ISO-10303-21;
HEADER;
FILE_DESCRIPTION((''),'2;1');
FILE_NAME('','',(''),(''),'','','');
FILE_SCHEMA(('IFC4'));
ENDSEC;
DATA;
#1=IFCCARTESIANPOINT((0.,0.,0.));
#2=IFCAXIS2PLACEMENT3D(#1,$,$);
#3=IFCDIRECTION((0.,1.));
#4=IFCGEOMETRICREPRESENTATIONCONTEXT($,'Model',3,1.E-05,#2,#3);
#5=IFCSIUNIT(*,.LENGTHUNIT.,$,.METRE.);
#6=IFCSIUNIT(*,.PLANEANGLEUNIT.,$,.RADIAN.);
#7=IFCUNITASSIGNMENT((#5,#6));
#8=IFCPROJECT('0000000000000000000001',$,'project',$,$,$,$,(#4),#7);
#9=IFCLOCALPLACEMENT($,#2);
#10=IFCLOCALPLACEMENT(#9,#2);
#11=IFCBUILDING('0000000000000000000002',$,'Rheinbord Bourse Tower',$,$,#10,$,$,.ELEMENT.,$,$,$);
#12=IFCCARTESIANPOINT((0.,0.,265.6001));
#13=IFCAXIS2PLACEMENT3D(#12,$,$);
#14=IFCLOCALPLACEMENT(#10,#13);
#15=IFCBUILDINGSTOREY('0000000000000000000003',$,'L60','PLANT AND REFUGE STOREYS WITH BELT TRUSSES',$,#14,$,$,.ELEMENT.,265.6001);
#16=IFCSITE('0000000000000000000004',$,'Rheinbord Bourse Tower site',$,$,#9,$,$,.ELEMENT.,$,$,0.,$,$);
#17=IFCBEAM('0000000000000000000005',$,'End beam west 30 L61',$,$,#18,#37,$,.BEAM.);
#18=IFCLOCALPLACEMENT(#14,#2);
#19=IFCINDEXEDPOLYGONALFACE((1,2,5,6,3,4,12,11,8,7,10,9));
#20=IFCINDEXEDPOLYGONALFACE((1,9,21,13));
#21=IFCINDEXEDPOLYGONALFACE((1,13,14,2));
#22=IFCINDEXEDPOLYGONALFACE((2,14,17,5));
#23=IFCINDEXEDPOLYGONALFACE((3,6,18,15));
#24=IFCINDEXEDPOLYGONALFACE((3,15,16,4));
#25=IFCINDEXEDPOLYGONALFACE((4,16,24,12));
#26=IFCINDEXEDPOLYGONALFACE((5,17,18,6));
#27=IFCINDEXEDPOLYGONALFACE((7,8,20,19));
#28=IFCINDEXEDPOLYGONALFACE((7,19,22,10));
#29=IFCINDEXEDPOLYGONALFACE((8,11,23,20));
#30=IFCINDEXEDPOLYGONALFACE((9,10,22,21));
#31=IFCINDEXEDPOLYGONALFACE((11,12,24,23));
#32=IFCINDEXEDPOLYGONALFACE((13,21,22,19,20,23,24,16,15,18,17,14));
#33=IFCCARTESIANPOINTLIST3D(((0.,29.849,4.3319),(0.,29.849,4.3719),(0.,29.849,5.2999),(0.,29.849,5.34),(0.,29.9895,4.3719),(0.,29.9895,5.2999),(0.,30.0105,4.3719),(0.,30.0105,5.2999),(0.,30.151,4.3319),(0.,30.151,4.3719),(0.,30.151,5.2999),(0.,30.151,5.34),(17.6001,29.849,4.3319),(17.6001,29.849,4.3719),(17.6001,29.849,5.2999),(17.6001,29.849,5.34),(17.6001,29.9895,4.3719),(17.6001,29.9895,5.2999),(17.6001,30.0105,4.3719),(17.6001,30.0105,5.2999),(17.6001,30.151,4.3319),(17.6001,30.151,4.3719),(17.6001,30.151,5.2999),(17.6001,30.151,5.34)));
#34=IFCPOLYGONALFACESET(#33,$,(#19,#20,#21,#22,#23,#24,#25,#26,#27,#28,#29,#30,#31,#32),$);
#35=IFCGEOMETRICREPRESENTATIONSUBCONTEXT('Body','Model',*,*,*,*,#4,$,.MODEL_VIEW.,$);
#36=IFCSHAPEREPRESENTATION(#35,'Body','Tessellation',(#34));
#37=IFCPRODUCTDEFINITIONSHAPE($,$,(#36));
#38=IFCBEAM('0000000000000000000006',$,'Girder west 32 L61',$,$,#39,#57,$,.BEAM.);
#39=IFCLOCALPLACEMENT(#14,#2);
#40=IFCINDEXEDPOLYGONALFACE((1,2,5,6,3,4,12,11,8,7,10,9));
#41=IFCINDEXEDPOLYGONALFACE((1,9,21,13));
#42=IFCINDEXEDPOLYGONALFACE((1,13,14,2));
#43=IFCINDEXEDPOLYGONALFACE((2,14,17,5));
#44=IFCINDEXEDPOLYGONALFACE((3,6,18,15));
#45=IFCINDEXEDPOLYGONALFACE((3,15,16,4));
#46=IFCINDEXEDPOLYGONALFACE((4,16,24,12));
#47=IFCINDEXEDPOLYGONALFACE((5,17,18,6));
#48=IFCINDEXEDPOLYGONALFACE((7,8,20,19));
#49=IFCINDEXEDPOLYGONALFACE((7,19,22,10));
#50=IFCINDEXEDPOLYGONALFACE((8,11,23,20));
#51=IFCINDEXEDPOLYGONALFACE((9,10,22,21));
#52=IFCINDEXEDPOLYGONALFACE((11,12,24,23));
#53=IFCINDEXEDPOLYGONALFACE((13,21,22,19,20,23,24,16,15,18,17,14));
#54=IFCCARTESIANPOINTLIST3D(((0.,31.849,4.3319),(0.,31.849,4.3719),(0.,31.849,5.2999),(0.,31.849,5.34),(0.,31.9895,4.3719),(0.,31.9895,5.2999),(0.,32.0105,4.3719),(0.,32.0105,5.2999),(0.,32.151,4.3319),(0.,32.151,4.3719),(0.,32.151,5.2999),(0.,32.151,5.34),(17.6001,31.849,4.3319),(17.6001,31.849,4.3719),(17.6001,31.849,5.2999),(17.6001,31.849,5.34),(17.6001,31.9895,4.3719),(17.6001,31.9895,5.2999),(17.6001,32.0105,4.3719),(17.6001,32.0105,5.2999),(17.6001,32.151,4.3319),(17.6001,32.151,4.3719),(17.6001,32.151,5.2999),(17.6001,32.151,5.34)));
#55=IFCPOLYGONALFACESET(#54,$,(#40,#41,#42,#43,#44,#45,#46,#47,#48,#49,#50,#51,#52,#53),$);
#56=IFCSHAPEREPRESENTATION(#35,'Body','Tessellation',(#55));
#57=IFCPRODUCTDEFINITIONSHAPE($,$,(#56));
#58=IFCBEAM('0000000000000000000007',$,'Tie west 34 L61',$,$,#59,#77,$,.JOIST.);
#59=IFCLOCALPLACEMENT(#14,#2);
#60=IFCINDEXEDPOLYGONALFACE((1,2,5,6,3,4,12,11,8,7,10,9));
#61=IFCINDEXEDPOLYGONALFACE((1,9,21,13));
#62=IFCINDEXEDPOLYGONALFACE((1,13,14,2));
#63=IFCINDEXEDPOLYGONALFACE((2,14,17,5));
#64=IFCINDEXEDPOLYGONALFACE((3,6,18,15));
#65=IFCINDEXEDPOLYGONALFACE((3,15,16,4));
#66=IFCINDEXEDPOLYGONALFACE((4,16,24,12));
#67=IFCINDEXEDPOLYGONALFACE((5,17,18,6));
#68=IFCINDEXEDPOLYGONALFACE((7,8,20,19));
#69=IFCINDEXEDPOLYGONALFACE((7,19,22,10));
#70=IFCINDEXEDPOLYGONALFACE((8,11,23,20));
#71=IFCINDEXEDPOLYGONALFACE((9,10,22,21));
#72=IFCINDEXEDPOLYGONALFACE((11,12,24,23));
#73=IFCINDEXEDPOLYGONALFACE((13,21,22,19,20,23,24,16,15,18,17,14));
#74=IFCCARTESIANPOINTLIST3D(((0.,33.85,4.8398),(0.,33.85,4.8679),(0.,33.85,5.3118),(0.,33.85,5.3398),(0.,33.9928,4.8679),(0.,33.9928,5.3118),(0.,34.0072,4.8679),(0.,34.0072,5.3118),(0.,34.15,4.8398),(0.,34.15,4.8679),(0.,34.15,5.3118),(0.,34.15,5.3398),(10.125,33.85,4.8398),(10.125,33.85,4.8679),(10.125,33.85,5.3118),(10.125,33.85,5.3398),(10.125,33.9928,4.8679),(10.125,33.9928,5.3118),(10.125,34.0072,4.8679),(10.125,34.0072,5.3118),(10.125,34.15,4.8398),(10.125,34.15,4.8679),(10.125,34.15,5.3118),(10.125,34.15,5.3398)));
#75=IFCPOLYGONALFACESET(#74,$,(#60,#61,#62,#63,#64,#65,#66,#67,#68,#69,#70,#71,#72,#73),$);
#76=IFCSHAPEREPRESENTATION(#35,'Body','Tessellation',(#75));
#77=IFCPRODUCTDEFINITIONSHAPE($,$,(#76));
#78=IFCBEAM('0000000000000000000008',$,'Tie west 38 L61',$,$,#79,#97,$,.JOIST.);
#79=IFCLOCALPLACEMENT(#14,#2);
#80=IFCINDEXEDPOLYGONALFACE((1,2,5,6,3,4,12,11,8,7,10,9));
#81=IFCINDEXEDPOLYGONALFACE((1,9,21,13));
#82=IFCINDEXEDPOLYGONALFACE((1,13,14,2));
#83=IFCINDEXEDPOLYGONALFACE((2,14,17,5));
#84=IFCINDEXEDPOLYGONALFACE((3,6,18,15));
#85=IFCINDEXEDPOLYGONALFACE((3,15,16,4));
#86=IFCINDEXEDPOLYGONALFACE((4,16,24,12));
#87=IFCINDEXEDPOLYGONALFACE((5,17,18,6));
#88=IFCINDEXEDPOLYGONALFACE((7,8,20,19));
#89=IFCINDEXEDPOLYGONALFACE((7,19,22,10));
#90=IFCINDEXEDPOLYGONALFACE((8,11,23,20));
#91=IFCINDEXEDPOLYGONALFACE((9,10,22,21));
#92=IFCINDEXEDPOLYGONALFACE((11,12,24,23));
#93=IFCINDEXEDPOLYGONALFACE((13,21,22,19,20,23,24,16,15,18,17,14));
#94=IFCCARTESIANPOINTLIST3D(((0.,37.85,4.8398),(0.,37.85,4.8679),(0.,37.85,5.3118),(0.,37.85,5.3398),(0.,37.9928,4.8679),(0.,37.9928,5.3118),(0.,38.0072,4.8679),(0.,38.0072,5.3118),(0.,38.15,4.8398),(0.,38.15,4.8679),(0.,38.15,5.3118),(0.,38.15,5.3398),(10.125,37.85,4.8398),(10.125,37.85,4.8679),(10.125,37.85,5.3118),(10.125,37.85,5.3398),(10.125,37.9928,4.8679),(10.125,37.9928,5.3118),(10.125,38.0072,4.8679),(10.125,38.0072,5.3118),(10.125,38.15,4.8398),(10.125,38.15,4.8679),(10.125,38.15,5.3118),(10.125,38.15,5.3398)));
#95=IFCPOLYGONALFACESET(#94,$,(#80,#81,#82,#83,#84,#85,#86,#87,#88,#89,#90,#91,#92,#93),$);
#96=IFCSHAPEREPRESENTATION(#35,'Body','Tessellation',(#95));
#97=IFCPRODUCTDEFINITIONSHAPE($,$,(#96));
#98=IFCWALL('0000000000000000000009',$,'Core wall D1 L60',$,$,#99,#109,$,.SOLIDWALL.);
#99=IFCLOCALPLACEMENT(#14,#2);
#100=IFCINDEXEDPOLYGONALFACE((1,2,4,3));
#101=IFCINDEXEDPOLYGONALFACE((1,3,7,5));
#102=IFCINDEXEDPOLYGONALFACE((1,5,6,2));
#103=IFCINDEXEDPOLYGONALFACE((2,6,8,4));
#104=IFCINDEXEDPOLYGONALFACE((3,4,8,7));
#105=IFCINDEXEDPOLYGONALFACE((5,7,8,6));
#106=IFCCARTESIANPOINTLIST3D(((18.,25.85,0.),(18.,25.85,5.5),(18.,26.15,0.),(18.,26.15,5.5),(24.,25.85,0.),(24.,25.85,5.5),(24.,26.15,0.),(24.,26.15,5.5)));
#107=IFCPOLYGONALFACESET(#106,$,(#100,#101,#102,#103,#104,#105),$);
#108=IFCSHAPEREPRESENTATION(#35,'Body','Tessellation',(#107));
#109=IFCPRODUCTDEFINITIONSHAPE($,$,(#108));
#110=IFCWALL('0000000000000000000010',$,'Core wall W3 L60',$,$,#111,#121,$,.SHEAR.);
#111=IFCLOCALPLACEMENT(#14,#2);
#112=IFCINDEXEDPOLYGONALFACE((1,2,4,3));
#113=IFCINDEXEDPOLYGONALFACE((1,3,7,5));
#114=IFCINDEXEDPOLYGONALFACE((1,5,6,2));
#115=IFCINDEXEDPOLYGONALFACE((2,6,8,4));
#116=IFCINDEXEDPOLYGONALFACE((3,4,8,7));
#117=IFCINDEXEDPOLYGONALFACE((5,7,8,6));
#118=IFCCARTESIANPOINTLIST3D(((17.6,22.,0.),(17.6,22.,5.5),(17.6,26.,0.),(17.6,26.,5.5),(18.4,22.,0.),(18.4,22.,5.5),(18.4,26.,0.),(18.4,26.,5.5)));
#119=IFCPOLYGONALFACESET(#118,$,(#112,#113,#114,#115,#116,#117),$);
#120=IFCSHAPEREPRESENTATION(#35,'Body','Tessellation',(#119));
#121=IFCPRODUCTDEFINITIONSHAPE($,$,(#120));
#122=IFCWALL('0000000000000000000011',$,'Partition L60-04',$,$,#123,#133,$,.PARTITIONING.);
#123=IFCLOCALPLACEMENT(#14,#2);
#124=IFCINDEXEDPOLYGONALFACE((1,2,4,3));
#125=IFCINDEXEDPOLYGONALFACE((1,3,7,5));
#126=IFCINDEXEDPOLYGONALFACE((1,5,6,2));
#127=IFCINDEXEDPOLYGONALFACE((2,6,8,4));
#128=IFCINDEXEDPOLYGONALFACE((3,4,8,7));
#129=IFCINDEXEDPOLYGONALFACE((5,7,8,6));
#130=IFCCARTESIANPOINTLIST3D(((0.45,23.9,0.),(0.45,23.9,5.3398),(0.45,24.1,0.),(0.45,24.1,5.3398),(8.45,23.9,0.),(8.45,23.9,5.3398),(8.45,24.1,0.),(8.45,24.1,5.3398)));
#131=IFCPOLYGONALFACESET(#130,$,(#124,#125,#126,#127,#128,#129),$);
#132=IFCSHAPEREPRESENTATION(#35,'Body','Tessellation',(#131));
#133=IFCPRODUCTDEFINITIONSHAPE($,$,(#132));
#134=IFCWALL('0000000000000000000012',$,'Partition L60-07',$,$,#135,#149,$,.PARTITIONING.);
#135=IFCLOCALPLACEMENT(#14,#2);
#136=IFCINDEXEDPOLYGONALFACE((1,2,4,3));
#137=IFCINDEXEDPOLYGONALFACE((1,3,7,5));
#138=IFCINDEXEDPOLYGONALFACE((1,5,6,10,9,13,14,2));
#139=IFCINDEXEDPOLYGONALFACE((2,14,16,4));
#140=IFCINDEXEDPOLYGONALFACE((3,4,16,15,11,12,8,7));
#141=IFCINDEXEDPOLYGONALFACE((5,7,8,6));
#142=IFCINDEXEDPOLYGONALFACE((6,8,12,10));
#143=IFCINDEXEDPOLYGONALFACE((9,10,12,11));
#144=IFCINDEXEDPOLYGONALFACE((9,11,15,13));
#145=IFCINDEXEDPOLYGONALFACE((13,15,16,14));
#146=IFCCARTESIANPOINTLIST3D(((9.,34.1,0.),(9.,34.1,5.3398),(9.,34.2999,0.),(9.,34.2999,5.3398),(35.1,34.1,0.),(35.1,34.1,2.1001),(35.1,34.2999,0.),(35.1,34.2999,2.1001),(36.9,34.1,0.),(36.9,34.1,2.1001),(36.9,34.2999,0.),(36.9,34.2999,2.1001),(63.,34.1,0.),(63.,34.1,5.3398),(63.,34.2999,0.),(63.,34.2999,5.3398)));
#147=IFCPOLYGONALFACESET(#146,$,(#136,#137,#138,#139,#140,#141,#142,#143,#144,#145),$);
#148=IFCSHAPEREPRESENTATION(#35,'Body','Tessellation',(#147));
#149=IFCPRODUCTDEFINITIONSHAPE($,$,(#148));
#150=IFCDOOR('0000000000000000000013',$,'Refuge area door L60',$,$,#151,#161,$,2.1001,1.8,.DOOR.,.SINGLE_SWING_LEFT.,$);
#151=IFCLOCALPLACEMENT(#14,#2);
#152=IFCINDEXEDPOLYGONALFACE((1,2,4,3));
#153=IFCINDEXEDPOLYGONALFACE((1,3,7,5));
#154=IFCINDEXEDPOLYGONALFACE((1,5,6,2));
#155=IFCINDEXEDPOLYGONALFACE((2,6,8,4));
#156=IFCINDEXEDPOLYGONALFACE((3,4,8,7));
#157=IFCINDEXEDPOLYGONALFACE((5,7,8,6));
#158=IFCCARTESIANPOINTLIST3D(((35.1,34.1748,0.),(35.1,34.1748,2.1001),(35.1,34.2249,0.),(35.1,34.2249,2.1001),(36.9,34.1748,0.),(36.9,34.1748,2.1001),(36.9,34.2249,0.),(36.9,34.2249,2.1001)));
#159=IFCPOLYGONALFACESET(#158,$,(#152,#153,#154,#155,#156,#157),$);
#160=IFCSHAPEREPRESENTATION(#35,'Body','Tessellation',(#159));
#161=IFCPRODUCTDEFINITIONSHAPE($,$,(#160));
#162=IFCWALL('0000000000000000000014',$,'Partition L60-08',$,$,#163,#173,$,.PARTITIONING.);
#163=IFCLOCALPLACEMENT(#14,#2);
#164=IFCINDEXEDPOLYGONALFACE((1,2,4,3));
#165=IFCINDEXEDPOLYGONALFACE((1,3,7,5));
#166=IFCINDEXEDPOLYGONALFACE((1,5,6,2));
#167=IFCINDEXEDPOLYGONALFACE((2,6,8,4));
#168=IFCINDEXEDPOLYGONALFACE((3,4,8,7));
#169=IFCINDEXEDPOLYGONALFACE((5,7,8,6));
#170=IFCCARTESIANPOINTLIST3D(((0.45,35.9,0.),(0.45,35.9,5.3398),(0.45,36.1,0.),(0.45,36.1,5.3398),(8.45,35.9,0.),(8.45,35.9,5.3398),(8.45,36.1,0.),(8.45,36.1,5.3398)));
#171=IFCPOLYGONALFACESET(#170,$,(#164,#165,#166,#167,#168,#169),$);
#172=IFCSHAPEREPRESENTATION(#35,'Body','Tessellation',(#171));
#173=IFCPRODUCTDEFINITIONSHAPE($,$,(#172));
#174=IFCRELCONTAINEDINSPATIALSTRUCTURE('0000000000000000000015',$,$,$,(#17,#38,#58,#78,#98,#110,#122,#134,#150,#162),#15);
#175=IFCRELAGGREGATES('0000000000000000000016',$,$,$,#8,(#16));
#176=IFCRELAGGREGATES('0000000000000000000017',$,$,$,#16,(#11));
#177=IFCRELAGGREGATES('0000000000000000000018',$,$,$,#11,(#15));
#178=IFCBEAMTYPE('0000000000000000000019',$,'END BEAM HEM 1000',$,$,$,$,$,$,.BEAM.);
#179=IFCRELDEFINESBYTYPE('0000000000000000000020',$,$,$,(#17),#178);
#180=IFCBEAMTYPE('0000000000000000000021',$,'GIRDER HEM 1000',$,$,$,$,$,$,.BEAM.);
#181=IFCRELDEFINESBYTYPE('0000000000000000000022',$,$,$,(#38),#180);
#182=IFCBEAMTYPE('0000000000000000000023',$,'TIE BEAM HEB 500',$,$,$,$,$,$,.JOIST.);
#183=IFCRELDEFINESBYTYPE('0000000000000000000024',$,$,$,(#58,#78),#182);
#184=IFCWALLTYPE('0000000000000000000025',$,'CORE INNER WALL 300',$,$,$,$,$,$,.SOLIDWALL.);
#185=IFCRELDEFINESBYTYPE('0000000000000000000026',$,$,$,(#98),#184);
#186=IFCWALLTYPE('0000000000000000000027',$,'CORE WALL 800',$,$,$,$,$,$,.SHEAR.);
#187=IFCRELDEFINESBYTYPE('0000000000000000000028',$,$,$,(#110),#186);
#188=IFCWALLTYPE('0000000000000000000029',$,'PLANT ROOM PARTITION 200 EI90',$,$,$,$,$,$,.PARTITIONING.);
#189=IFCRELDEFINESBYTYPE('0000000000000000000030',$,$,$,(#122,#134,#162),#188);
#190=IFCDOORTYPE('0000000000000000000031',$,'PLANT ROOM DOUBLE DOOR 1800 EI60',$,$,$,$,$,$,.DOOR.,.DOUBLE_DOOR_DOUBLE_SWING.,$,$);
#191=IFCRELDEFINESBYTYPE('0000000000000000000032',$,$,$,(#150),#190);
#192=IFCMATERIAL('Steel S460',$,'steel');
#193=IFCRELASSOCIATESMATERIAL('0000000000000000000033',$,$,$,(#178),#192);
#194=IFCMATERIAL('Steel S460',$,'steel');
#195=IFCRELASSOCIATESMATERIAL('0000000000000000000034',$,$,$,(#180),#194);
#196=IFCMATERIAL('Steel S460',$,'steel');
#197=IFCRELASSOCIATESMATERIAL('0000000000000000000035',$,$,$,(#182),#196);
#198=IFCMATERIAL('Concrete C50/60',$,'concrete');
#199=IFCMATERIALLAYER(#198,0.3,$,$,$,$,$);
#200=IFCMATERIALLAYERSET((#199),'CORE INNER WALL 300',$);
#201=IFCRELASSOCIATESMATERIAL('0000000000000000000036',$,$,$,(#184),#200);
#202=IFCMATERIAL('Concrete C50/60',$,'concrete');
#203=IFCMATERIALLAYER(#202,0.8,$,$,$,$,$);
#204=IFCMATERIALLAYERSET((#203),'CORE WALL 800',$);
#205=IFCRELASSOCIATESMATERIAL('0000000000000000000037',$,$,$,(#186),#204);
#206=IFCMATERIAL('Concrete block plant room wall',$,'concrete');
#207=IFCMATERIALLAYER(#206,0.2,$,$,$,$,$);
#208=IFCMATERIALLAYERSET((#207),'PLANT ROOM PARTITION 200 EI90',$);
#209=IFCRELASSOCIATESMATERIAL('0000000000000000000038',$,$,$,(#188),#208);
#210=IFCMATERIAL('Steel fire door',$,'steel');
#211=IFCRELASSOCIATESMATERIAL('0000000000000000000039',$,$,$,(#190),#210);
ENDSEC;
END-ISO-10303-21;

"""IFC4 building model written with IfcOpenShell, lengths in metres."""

from ifc_helpers import new_model, si_unit, direction, frame, frame_2d, origin, origin_2d, place, context, subcontext, project, spatial, rectangle, i_section, extrude, material, layer, layer_set, material_profile, profile_set, type_object, element, fill, save


model = new_model("IFC4")

# Units and contexts
model_context = context("Model", 3, precision=1e-05, world=origin(), true_north=direction((0.0, 1.0)))
body_context = subcontext(model_context, "Body", "Model", "MODEL_VIEW")
ifc_project = project(units=[si_unit("LENGTHUNIT", "METRE"), si_unit("PLANEANGLEUNIT", "RADIAN")], contexts=[model_context])

# Site, building, storey
site_placement = place(None, origin())
site = spatial("IfcSite", under=ifc_project, at=site_placement, Name="Rheinbord Bourse Tower site", CompositionType="ELEMENT", RefElevation=0.0)
building_placement = place(site_placement, origin())
building = spatial("IfcBuilding", under=site, at=building_placement, Name="Rheinbord Bourse Tower", CompositionType="ELEMENT")
storey_placement = place(building_placement, frame((0.0, 0.0, 265.6001)))
storey = spatial("IfcBuildingStorey", under=building, at=storey_placement, Name="L60", Description="PLANT AND REFUGE STOREYS WITH BELT TRUSSES", CompositionType="ELEMENT", Elevation=265.6001)

# Beams
ifc_material_1 = material(Name="Steel S460", Category="steel")
ifc_material_profile_1 = material_profile(ifc_material_1, i_section(OverallWidth=0.302, OverallDepth=1.0081, WebThickness=0.021, FlangeThickness=0.04, at=origin_2d()), Name="HEM 1000")
ifc_profile_set_1 = profile_set([ifc_material_profile_1], Name="Steel S460")
beam_type_1 = type_object("IfcBeamType", Name="END BEAM HEM 1000", PredefinedType="BEAM", material=ifc_profile_set_1)
beam_1_placement = place(storey_placement, frame((0.0, 30.0, 4.8359), z_axis=(1.0, 0.0, 0.0), x_axis=(0.0, 1.0, 0.0)))
element("IfcBeam", 1, at=beam_1_placement, inside=storey, type_object=beam_type_1, Name="End beam west 30 L61", PredefinedType="BEAM", context=body_context, shape_type="SweptSolid", body=[
    extrude(i_section(OverallWidth=0.302, OverallDepth=1.0081, WebThickness=0.021, FlangeThickness=0.04, at=origin_2d()), origin(), (0.0, 0.0, 1.0), 17.6001),
])
ifc_material_2 = material(Name="Steel S460", Category="steel")
ifc_material_profile_2 = material_profile(ifc_material_2, i_section(OverallWidth=0.302, OverallDepth=1.0081, WebThickness=0.021, FlangeThickness=0.04, at=origin_2d()), Name="HEM 1000")
ifc_profile_set_2 = profile_set([ifc_material_profile_2], Name="Steel S460")
beam_type_2 = type_object("IfcBeamType", Name="GIRDER HEM 1000", PredefinedType="BEAM", material=ifc_profile_set_2)
beam_2_placement = place(storey_placement, frame((0.0, 32.0, 4.8359), z_axis=(1.0, 0.0, 0.0), x_axis=(0.0, 1.0, 0.0)))
element("IfcBeam", 2, at=beam_2_placement, inside=storey, type_object=beam_type_2, Name="Girder west 32 L61", PredefinedType="BEAM", context=body_context, shape_type="SweptSolid", body=[
    extrude(i_section(OverallWidth=0.302, OverallDepth=1.0081, WebThickness=0.021, FlangeThickness=0.04, at=origin_2d()), origin(), (0.0, 0.0, 1.0), 17.6001),
])
ifc_material_3 = material(Name="Steel S460", Category="steel")
ifc_material_profile_3 = material_profile(ifc_material_3, i_section(OverallWidth=0.3, OverallDepth=0.5, WebThickness=0.0144, FlangeThickness=0.0281, at=origin_2d()), Name="HEB 500")
ifc_profile_set_3 = profile_set([ifc_material_profile_3], Name="Steel S460")
beam_type_3 = type_object("IfcBeamType", Name="TIE BEAM HEB 500", PredefinedType="JOIST", material=ifc_profile_set_3)
for number, where, z_axis, x_axis, name in (
    (3, (0.0, 34.0, 5.0898), (1.0, 0.0, 0.0), (0.0, 1.0, 0.0), "Tie west 34 L61"),
    (4, (0.0, 38.0, 5.0898), (1.0, 0.0, 0.0), (0.0, 1.0, 0.0), "Tie west 38 L61"),
):
    element("IfcBeam", number, at=place(storey_placement, frame(where, z_axis=z_axis, x_axis=x_axis)), inside=storey, type_object=beam_type_3, Name=name, PredefinedType="JOIST", context=body_context, shape_type="SweptSolid", body=[
        extrude(i_section(OverallWidth=0.3, OverallDepth=0.5, WebThickness=0.0144, FlangeThickness=0.0281, at=origin_2d()), origin(), (0.0, 0.0, 1.0), 10.125),
    ])

# Walls
ifc_material_4 = material(Name="Concrete C50/60", Category="concrete")
ifc_layer_1 = layer(ifc_material_4, 0.3)
ifc_layer_set_1 = layer_set([ifc_layer_1], Name="CORE INNER WALL 300")
wall_type_1 = type_object("IfcWallType", Name="CORE INNER WALL 300", PredefinedType="SOLIDWALL", material=ifc_layer_set_1)
wall_1_placement = place(storey_placement, frame((18.0, 26.0, 0.0), z_axis=(0.0, 0.0, 1.0), x_axis=(1.0, 0.0, 0.0)))
element("IfcWall", 5, at=wall_1_placement, inside=storey, type_object=wall_type_1, Name="Core wall D1 L60", PredefinedType="SOLIDWALL", context=body_context, shape_type="SweptSolid", body=[
    extrude(rectangle(XDim=6.0, YDim=0.3, at=frame_2d((3.0, 0.0))), origin(), (0.0, 0.0, 1.0), 5.5),
])
ifc_material_5 = material(Name="Concrete C50/60", Category="concrete")
ifc_layer_2 = layer(ifc_material_5, 0.8)
ifc_layer_set_2 = layer_set([ifc_layer_2], Name="CORE WALL 800")
wall_type_2 = type_object("IfcWallType", Name="CORE WALL 800", PredefinedType="SHEAR", material=ifc_layer_set_2)
wall_2_placement = place(storey_placement, frame((18.0, 26.0, 0.0), z_axis=(0.0, 0.0, 1.0), x_axis=(0.0, -1.0, 0.0)))
element("IfcWall", 6, at=wall_2_placement, inside=storey, type_object=wall_type_2, Name="Core wall W3 L60", PredefinedType="SHEAR", context=body_context, shape_type="SweptSolid", body=[
    extrude(rectangle(XDim=4.0, YDim=0.8, at=frame_2d((2.0, 0.0))), origin(), (0.0, 0.0, 1.0), 5.5),
])
ifc_material_6 = material(Name="Concrete block plant room wall", Category="concrete")
ifc_layer_3 = layer(ifc_material_6, 0.2)
ifc_layer_set_3 = layer_set([ifc_layer_3], Name="PLANT ROOM PARTITION 200 EI90")
wall_type_3 = type_object("IfcWallType", Name="PLANT ROOM PARTITION 200 EI90", PredefinedType="PARTITIONING", material=ifc_layer_set_3)
wall_3_placement = place(storey_placement, frame((0.45, 24.0, 0.0), z_axis=(0.0, 0.0, 1.0), x_axis=(1.0, 0.0, 0.0)))
element("IfcWall", 7, at=wall_3_placement, inside=storey, type_object=wall_type_3, Name="Partition L60-04", PredefinedType="PARTITIONING", context=body_context, shape_type="SweptSolid", body=[
    extrude(rectangle(XDim=8.0, YDim=0.2, at=frame_2d((4.0, 0.0))), origin(), (0.0, 0.0, 1.0), 5.3398),
])

# Wall, opening, door
wall_4_placement = place(storey_placement, frame((9.0, 34.2, 0.0), z_axis=(0.0, 0.0, 1.0), x_axis=(1.0, 0.0, 0.0)))
wall_4 = element("IfcWall", 8, at=wall_4_placement, inside=storey, type_object=wall_type_3, Name="Partition L60-07", PredefinedType="PARTITIONING", context=body_context, shape_type="SweptSolid", body=[
    extrude(rectangle(XDim=54.0, YDim=0.2, at=frame_2d((27.0, 0.0))), origin(), (0.0, 0.0, 1.0), 5.3398),
])
opening_placement = place(wall_4_placement, frame((26.1001, 0.0, 0.0)))
opening = element("IfcOpeningElement", 9, at=opening_placement, cuts=wall_4, PredefinedType="OPENING", context=body_context, shape_type="SweptSolid", body=[
    extrude(rectangle(XDim=1.8, YDim=2.1001, at=frame_2d((0.8999, 1.05))), frame((0.0, 0.1099, 0.0), z_axis=(0.0, -1.0, 0.0), x_axis=(1.0, 0.0, 0.0)), (0.0, 0.0, 1.0), 0.22),
])
ifc_material_7 = material(Name="Steel fire door", Category="steel")
door_type = type_object("IfcDoorType", Name="PLANT ROOM DOUBLE DOOR 1800 EI60", OperationType="DOUBLE_DOOR_DOUBLE_SWING", PredefinedType="DOOR", material=ifc_material_7)
door_placement = place(opening_placement, origin())
door = element("IfcDoor", 10, at=door_placement, inside=storey, type_object=door_type, Name="Refuge area door L60", OperationType="SINGLE_SWING_LEFT", OverallHeight=2.1001, OverallWidth=1.8, PredefinedType="DOOR", context=body_context, shape_type="SweptSolid", body=[
    extrude(rectangle(XDim=1.8, YDim=2.1001, at=frame_2d((0.8999, 1.05))), frame((0.0, 0.0249, 0.0), z_axis=(0.0, -1.0, 0.0), x_axis=(1.0, 0.0, 0.0)), (0.0, 0.0, 1.0), 0.05),
])
fill(opening, door)

# Wall
wall_5_placement = place(storey_placement, frame((0.45, 36.0, 0.0), z_axis=(0.0, 0.0, 1.0), x_axis=(1.0, 0.0, 0.0)))
element("IfcWall", 11, at=wall_5_placement, inside=storey, type_object=wall_type_3, Name="Partition L60-08", PredefinedType="PARTITIONING", context=body_context, shape_type="SweptSolid", body=[
    extrude(rectangle(XDim=8.0, YDim=0.2, at=frame_2d((4.0, 0.0))), origin(), (0.0, 0.0, 1.0), 5.3398),
])

save(model, "model.ifc")
